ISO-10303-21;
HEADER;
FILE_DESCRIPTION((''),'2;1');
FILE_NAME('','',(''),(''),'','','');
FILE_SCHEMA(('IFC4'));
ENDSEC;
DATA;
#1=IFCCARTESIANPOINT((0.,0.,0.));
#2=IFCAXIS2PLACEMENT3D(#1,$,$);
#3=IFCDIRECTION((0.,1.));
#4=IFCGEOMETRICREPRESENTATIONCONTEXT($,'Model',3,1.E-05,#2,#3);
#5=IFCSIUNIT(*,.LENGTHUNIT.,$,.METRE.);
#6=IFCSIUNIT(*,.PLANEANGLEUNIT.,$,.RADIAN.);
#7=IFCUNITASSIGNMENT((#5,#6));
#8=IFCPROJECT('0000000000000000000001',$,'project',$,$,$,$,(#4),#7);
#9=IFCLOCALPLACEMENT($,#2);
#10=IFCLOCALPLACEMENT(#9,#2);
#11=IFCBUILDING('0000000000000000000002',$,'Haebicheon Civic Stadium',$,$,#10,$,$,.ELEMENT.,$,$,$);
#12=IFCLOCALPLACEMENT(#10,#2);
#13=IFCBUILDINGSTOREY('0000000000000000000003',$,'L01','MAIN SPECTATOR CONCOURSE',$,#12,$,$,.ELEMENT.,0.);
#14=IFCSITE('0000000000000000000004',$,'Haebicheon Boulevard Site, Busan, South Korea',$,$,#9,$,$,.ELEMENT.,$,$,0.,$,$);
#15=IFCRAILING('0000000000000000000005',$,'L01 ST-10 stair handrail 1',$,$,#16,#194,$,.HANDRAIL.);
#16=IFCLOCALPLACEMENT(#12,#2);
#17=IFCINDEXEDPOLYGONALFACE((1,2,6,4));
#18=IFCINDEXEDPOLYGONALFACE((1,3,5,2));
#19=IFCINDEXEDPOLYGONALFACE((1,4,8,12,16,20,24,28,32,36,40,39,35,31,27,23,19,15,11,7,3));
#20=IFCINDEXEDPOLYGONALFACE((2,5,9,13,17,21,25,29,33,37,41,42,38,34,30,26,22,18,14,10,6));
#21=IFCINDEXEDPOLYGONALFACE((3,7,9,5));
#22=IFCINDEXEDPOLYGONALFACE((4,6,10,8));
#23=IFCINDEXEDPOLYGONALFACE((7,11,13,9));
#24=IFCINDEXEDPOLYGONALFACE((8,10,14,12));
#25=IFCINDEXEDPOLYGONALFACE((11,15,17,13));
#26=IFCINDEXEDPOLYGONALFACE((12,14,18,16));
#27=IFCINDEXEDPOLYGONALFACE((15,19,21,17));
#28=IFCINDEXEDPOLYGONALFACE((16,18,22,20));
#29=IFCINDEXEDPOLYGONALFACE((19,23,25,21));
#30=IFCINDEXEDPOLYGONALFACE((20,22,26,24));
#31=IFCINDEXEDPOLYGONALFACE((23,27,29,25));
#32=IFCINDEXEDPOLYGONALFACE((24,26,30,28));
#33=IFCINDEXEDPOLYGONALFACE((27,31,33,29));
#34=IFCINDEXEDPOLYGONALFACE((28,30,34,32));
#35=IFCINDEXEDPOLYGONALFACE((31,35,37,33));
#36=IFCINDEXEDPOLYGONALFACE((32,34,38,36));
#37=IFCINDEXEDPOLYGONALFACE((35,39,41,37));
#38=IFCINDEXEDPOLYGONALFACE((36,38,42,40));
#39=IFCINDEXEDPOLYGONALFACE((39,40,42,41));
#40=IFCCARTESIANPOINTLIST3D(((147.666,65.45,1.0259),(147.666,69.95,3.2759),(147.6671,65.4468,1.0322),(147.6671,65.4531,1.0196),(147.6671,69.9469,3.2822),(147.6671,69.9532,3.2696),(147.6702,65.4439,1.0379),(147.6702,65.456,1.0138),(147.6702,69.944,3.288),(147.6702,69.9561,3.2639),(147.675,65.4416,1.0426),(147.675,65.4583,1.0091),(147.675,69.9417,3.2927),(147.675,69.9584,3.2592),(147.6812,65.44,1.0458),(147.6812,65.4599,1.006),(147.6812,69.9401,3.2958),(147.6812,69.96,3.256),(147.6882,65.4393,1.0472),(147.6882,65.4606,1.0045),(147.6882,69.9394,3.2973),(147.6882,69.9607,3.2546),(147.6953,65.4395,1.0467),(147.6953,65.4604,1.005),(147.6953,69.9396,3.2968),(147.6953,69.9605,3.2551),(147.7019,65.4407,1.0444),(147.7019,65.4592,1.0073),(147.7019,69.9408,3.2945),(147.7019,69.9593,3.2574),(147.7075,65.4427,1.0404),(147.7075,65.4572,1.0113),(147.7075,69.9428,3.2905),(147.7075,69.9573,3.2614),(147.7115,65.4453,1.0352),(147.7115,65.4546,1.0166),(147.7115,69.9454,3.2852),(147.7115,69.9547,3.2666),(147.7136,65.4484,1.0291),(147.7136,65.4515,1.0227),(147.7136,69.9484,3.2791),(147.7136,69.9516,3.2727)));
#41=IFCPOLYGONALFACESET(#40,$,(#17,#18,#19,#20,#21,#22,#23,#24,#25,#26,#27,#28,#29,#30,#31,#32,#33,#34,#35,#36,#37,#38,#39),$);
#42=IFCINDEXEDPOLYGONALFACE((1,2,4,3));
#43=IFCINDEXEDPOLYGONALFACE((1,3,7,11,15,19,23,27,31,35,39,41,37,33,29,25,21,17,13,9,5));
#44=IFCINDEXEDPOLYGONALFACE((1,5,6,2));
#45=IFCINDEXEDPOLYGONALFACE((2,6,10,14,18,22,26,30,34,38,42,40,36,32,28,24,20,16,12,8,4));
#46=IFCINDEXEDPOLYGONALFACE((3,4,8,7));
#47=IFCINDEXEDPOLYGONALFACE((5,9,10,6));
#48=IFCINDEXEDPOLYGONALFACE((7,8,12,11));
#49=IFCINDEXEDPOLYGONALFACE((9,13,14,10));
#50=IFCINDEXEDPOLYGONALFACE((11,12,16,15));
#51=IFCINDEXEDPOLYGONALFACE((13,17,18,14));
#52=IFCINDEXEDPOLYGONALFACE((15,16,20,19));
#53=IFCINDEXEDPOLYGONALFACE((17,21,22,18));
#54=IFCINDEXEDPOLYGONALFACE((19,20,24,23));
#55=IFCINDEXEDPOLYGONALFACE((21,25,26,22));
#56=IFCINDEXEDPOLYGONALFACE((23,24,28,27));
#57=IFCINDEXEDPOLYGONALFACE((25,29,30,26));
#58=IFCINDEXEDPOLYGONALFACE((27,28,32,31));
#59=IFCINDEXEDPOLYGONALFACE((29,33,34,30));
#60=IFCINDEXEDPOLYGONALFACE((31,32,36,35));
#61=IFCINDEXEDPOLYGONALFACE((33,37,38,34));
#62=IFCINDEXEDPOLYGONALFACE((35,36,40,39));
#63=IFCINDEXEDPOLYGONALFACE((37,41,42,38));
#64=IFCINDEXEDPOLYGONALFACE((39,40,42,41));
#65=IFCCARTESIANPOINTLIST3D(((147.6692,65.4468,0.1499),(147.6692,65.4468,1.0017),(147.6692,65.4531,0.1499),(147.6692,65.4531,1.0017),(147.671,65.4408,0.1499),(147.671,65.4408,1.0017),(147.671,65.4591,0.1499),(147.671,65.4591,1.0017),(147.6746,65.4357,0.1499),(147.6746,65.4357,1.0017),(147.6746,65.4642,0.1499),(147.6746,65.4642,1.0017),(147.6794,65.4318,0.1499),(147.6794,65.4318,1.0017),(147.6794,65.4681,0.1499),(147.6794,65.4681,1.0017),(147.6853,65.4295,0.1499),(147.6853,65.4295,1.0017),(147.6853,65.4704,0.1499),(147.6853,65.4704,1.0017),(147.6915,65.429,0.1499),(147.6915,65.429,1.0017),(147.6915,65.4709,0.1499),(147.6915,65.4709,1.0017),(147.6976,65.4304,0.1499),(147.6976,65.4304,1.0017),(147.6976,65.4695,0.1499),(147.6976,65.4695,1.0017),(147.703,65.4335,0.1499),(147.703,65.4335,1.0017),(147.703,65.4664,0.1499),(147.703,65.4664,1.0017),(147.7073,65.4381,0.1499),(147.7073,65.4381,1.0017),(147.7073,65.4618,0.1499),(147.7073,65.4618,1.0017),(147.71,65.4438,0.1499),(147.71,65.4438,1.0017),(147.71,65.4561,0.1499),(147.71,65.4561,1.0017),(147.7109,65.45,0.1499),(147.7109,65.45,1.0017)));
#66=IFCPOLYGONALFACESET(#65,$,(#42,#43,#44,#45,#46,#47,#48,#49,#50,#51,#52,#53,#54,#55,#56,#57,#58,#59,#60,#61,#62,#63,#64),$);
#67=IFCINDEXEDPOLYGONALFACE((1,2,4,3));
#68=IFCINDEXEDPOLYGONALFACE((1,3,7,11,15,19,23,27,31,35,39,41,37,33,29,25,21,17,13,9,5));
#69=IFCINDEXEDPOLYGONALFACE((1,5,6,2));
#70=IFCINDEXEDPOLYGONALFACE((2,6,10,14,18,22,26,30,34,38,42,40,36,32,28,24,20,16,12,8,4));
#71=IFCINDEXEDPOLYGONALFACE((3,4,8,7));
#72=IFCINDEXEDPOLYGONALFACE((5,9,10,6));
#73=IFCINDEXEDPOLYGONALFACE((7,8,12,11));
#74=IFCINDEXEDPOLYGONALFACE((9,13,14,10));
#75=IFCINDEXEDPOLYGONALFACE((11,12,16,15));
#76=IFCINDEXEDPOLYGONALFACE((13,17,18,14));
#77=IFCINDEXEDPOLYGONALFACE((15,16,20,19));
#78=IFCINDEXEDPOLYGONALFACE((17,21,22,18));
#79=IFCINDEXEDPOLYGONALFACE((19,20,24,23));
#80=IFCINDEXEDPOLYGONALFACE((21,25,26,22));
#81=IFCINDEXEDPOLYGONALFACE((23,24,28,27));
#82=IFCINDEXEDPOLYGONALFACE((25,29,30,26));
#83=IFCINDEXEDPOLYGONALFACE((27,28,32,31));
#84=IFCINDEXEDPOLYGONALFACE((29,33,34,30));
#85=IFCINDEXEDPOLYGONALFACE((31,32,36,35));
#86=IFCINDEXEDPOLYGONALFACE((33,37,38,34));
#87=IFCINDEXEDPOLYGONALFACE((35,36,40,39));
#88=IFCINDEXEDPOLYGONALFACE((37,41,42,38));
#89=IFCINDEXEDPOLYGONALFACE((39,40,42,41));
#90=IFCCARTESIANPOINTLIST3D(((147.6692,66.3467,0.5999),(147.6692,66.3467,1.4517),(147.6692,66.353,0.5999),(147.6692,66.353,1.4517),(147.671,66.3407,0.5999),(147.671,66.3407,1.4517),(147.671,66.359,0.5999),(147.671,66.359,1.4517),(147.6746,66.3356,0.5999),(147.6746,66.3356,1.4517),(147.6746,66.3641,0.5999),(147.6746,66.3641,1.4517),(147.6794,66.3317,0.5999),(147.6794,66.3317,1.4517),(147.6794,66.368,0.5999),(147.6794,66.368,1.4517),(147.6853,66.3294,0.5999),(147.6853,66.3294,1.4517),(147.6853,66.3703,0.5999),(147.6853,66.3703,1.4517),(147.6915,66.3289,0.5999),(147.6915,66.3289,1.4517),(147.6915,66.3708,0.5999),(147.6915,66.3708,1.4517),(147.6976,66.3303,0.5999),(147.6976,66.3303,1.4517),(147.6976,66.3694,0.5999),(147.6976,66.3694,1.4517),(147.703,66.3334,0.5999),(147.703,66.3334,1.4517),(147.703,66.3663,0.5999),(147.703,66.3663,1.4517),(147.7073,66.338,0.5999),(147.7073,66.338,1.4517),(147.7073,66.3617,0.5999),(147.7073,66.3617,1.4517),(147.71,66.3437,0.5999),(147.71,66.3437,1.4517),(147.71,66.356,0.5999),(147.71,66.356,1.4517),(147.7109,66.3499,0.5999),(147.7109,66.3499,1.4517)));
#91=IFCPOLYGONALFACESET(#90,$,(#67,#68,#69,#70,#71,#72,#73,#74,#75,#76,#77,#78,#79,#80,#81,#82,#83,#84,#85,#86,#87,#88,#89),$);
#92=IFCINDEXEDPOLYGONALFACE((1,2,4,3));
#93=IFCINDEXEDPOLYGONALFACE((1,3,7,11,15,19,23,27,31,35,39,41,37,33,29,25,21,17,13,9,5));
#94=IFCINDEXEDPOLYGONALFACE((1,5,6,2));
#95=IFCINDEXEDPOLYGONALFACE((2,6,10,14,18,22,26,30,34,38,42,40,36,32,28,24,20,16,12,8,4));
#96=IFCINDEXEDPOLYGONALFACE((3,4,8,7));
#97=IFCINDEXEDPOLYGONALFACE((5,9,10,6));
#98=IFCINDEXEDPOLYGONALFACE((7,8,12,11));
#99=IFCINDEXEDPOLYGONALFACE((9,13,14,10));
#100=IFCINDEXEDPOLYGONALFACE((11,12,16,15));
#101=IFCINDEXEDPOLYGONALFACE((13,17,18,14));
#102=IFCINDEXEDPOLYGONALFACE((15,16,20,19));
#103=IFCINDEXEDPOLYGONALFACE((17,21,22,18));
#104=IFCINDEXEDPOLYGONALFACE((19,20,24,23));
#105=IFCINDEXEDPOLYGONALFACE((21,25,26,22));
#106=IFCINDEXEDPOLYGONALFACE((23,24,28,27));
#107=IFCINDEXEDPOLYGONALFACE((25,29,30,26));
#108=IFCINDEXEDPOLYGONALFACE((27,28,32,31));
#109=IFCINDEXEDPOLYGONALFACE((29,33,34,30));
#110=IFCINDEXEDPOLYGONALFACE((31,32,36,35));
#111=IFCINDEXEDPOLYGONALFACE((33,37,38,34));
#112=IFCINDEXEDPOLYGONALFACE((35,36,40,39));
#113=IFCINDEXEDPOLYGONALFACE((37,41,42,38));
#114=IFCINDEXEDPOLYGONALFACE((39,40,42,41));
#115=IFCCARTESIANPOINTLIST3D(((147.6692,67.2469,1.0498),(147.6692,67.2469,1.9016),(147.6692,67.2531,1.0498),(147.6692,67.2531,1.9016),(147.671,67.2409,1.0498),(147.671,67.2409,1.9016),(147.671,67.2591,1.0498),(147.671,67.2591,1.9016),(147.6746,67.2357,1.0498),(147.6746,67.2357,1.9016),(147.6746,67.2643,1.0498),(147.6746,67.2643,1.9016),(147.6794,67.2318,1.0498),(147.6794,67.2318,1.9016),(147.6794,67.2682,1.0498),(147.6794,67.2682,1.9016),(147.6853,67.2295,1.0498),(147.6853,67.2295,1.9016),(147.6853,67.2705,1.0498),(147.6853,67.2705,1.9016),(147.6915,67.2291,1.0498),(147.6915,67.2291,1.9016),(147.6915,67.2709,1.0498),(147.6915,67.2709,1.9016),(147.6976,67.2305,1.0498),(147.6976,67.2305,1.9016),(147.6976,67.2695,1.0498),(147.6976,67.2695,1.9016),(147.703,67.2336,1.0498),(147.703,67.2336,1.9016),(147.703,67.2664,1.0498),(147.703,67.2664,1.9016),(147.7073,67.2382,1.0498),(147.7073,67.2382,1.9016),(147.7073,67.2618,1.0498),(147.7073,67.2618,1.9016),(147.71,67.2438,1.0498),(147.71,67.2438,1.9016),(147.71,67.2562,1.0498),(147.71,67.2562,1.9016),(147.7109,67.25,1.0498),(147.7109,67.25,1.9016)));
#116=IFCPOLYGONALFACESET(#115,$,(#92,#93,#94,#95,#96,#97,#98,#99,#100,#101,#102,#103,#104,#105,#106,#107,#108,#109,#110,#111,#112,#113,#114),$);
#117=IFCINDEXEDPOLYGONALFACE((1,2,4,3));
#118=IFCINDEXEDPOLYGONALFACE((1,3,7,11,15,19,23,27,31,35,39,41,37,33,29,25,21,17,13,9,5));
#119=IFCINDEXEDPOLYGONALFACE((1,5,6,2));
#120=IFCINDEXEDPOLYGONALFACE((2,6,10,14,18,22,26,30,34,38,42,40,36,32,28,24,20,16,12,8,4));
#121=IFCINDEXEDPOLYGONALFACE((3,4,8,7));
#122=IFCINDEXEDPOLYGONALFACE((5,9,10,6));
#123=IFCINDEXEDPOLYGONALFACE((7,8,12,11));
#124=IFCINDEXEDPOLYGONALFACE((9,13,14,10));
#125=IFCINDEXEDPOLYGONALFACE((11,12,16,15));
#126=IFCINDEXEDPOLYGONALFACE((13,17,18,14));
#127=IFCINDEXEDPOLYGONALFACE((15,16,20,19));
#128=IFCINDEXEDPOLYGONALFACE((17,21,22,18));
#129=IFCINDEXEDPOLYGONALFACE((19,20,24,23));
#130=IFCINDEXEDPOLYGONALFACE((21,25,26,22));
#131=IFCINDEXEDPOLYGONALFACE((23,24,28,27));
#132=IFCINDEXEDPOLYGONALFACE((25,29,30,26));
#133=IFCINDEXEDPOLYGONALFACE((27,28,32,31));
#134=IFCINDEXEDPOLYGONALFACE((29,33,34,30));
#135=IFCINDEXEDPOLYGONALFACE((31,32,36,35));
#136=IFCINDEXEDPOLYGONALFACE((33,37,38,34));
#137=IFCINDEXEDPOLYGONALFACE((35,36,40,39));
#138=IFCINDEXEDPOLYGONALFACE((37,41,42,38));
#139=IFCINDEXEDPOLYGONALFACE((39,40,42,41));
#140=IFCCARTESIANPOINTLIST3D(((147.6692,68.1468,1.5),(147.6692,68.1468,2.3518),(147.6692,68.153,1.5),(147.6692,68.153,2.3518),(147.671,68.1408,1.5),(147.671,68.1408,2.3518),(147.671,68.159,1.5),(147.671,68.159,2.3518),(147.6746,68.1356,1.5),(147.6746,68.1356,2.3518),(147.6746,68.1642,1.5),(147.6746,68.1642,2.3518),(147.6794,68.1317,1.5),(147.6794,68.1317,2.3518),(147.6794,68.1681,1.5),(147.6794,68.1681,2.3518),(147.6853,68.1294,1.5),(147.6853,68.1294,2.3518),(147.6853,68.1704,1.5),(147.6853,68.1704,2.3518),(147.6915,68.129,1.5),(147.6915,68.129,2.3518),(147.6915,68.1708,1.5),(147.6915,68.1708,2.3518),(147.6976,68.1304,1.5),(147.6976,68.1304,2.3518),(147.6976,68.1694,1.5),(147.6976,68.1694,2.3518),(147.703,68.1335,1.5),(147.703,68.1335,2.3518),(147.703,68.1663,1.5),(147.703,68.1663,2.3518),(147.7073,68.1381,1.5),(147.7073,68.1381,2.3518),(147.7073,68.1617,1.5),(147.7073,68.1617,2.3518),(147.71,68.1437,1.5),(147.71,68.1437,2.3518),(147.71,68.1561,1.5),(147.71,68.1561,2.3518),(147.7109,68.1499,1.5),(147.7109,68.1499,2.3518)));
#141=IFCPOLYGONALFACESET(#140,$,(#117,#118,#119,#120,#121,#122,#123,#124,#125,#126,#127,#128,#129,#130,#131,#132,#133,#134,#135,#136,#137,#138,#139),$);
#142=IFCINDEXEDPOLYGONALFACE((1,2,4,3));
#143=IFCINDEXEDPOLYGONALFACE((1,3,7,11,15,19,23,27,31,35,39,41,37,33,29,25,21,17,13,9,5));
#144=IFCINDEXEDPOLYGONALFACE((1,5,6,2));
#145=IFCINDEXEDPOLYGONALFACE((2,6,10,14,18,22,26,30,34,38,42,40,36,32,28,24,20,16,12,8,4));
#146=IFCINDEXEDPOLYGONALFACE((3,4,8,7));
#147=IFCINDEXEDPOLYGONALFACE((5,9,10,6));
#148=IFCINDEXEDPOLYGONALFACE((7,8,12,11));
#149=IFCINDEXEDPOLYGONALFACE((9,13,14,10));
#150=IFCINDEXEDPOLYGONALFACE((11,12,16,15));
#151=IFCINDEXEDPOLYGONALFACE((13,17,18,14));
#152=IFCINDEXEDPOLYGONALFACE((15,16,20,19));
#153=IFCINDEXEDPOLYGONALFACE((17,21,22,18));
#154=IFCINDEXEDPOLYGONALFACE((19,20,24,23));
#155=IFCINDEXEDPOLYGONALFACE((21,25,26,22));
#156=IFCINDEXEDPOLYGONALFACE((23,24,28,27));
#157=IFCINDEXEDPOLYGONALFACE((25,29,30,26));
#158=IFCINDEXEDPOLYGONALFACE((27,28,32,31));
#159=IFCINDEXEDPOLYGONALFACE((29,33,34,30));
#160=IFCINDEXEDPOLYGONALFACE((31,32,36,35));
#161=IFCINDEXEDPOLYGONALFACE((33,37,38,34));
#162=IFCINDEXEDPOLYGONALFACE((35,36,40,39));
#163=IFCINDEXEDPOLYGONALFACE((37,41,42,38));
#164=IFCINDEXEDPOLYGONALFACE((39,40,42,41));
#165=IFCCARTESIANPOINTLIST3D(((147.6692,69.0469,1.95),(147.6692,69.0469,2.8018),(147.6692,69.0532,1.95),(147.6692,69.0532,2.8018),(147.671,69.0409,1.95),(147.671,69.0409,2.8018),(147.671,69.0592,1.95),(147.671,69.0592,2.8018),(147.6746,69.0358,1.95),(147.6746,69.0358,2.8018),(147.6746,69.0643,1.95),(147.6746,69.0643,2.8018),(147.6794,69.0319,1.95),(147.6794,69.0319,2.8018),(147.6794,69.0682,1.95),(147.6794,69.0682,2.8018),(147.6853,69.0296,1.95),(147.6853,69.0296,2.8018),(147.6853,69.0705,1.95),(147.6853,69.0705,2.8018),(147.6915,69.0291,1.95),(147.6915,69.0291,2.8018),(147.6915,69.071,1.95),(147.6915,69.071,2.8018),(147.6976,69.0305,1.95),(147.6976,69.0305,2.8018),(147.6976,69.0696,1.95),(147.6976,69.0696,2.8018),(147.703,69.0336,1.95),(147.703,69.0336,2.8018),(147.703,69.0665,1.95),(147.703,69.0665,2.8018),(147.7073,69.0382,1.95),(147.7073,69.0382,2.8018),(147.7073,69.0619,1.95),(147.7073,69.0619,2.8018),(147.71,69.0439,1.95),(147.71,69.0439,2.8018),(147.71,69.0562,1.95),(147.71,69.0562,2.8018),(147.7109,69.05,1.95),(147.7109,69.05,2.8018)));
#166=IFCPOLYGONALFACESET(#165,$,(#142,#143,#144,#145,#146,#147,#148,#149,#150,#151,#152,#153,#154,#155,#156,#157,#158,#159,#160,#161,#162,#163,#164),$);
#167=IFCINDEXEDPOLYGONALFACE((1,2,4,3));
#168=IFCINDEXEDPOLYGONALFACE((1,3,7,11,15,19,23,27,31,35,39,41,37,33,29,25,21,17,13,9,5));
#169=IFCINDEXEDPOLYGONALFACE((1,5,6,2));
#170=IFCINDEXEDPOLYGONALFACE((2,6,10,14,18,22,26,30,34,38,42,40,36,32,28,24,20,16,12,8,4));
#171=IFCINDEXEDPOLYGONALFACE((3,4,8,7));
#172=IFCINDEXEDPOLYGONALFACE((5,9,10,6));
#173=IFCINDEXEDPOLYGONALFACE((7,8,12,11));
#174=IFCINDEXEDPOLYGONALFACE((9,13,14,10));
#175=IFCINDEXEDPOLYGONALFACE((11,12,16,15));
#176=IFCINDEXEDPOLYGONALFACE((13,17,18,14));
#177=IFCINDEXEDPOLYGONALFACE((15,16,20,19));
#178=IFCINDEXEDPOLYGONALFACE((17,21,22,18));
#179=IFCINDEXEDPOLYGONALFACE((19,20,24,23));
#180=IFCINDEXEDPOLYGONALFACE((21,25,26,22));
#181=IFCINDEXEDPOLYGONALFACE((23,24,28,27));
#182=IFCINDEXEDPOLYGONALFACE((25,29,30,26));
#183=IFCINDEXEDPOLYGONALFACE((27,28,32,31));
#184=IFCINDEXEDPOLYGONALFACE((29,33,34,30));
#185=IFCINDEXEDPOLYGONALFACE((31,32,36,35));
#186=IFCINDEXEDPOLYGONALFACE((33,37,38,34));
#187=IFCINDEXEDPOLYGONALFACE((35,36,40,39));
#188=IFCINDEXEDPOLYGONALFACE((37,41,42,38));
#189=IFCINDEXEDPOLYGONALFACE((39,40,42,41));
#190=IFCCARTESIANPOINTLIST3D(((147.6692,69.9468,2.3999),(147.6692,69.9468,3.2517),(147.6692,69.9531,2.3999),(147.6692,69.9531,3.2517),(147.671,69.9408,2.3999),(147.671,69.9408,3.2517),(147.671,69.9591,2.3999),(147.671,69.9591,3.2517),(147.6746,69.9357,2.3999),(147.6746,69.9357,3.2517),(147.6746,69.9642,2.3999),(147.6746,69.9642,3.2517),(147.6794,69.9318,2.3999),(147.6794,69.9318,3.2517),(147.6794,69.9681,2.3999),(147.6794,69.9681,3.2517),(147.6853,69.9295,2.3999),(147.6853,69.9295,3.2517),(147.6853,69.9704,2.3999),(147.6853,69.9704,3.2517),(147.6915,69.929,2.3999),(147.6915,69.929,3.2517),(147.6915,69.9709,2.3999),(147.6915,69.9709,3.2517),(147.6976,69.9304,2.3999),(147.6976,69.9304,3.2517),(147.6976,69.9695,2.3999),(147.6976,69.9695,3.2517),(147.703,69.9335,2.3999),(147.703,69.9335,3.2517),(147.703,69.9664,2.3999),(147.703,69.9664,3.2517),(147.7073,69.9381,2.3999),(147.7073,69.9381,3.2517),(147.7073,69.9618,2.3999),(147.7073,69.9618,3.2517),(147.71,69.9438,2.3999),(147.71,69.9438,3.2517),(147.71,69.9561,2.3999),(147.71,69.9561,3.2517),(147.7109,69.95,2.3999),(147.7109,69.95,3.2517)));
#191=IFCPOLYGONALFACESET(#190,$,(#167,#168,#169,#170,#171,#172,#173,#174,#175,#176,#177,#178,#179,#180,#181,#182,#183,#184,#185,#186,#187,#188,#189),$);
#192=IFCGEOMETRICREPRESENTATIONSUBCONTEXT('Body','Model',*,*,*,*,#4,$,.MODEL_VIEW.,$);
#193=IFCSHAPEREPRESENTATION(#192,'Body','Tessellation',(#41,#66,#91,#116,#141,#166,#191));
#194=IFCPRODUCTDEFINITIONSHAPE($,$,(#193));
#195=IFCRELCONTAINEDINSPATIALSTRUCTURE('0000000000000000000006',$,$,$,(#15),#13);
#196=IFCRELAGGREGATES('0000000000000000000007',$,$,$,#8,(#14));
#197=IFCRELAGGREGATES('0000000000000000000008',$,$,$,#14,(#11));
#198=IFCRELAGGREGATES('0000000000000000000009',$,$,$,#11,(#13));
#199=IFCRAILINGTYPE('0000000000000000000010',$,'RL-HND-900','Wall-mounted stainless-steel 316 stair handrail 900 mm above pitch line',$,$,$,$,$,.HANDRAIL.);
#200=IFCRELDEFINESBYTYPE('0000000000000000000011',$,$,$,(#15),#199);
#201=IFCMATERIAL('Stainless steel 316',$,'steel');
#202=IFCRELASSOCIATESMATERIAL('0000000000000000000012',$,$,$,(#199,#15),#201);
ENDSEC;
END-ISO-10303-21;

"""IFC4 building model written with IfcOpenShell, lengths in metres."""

from ifc_helpers import new_model, si_unit, direction, frame, origin, origin_2d, place, context, subcontext, project, spatial, circle, extrude, material, type_object, element, save


model = new_model("IFC4")

# Units and contexts
model_context = context("Model", 3, precision=1e-05, world=origin(), true_north=direction((0.0, 1.0)))
body_context = subcontext(model_context, "Body", "Model", "MODEL_VIEW")
ifc_project = project(units=[si_unit("LENGTHUNIT", "METRE"), si_unit("PLANEANGLEUNIT", "RADIAN")], contexts=[model_context])

# Site, building, storey
site_placement = place(None, origin())
site = spatial("IfcSite", under=ifc_project, at=site_placement, Name="Haebicheon Boulevard Site, Busan, South Korea", CompositionType="ELEMENT", RefElevation=0.0)
building_placement = place(site_placement, origin())
building = spatial("IfcBuilding", under=site, at=building_placement, Name="Haebicheon Civic Stadium", CompositionType="ELEMENT")
storey_placement = place(building_placement, origin())
storey = spatial("IfcBuildingStorey", under=building, at=storey_placement, Name="L01", Description="MAIN SPECTATOR CONCOURSE", CompositionType="ELEMENT", Elevation=0.0)

# Railing
ifc_material_1 = material(Name="Stainless steel 316", Category="steel")
railing_type_1 = type_object("IfcRailingType", Name="RL-HND-900", Description="Wall-mounted stainless-steel 316 stair handrail 900 mm above pitch line", PredefinedType="HANDRAIL", material=ifc_material_1)
railing_1_placement = place(storey_placement, frame((147.6899, 65.45, 0.1499)))
element("IfcRailing", 1, at=railing_1_placement, inside=storey, type_object=railing_type_1, material=ifc_material_1, Name="L01 ST-10 stair handrail 1", PredefinedType="HANDRAIL", context=body_context, shape_type="SweptSolid", body=[
    extrude(circle(Radius=0.0239, at=origin_2d()), frame((0.0, 0.0, 0.876), z_axis=(0.0, 0.894427, 0.447214), x_axis=(-1.0, 0.0, 0.0)), (0.0, 0.0, 1.0), 5.0312),
    extrude(circle(Radius=0.021, at=origin_2d()), origin(), (0.0, 0.0, 1.0), 0.8518),
    extrude(circle(Radius=0.021, at=origin_2d()), frame((0.0, 0.8999, 0.45)), (0.0, 0.0, 1.0), 0.8518),
    extrude(circle(Radius=0.021, at=origin_2d()), frame((0.0, 1.8, 0.8999)), (0.0, 0.0, 1.0), 0.8518),
    extrude(circle(Radius=0.021, at=origin_2d()), frame((0.0, 2.7, 1.3501)), (0.0, 0.0, 1.0), 0.8518),
    extrude(circle(Radius=0.021, at=origin_2d()), frame((0.0, 3.6001, 1.8)), (0.0, 0.0, 1.0), 0.8518),
    extrude(circle(Radius=0.021, at=origin_2d()), frame((0.0, 4.5, 2.25)), (0.0, 0.0, 1.0), 0.8518),
])

save(model, "model.ifc")
